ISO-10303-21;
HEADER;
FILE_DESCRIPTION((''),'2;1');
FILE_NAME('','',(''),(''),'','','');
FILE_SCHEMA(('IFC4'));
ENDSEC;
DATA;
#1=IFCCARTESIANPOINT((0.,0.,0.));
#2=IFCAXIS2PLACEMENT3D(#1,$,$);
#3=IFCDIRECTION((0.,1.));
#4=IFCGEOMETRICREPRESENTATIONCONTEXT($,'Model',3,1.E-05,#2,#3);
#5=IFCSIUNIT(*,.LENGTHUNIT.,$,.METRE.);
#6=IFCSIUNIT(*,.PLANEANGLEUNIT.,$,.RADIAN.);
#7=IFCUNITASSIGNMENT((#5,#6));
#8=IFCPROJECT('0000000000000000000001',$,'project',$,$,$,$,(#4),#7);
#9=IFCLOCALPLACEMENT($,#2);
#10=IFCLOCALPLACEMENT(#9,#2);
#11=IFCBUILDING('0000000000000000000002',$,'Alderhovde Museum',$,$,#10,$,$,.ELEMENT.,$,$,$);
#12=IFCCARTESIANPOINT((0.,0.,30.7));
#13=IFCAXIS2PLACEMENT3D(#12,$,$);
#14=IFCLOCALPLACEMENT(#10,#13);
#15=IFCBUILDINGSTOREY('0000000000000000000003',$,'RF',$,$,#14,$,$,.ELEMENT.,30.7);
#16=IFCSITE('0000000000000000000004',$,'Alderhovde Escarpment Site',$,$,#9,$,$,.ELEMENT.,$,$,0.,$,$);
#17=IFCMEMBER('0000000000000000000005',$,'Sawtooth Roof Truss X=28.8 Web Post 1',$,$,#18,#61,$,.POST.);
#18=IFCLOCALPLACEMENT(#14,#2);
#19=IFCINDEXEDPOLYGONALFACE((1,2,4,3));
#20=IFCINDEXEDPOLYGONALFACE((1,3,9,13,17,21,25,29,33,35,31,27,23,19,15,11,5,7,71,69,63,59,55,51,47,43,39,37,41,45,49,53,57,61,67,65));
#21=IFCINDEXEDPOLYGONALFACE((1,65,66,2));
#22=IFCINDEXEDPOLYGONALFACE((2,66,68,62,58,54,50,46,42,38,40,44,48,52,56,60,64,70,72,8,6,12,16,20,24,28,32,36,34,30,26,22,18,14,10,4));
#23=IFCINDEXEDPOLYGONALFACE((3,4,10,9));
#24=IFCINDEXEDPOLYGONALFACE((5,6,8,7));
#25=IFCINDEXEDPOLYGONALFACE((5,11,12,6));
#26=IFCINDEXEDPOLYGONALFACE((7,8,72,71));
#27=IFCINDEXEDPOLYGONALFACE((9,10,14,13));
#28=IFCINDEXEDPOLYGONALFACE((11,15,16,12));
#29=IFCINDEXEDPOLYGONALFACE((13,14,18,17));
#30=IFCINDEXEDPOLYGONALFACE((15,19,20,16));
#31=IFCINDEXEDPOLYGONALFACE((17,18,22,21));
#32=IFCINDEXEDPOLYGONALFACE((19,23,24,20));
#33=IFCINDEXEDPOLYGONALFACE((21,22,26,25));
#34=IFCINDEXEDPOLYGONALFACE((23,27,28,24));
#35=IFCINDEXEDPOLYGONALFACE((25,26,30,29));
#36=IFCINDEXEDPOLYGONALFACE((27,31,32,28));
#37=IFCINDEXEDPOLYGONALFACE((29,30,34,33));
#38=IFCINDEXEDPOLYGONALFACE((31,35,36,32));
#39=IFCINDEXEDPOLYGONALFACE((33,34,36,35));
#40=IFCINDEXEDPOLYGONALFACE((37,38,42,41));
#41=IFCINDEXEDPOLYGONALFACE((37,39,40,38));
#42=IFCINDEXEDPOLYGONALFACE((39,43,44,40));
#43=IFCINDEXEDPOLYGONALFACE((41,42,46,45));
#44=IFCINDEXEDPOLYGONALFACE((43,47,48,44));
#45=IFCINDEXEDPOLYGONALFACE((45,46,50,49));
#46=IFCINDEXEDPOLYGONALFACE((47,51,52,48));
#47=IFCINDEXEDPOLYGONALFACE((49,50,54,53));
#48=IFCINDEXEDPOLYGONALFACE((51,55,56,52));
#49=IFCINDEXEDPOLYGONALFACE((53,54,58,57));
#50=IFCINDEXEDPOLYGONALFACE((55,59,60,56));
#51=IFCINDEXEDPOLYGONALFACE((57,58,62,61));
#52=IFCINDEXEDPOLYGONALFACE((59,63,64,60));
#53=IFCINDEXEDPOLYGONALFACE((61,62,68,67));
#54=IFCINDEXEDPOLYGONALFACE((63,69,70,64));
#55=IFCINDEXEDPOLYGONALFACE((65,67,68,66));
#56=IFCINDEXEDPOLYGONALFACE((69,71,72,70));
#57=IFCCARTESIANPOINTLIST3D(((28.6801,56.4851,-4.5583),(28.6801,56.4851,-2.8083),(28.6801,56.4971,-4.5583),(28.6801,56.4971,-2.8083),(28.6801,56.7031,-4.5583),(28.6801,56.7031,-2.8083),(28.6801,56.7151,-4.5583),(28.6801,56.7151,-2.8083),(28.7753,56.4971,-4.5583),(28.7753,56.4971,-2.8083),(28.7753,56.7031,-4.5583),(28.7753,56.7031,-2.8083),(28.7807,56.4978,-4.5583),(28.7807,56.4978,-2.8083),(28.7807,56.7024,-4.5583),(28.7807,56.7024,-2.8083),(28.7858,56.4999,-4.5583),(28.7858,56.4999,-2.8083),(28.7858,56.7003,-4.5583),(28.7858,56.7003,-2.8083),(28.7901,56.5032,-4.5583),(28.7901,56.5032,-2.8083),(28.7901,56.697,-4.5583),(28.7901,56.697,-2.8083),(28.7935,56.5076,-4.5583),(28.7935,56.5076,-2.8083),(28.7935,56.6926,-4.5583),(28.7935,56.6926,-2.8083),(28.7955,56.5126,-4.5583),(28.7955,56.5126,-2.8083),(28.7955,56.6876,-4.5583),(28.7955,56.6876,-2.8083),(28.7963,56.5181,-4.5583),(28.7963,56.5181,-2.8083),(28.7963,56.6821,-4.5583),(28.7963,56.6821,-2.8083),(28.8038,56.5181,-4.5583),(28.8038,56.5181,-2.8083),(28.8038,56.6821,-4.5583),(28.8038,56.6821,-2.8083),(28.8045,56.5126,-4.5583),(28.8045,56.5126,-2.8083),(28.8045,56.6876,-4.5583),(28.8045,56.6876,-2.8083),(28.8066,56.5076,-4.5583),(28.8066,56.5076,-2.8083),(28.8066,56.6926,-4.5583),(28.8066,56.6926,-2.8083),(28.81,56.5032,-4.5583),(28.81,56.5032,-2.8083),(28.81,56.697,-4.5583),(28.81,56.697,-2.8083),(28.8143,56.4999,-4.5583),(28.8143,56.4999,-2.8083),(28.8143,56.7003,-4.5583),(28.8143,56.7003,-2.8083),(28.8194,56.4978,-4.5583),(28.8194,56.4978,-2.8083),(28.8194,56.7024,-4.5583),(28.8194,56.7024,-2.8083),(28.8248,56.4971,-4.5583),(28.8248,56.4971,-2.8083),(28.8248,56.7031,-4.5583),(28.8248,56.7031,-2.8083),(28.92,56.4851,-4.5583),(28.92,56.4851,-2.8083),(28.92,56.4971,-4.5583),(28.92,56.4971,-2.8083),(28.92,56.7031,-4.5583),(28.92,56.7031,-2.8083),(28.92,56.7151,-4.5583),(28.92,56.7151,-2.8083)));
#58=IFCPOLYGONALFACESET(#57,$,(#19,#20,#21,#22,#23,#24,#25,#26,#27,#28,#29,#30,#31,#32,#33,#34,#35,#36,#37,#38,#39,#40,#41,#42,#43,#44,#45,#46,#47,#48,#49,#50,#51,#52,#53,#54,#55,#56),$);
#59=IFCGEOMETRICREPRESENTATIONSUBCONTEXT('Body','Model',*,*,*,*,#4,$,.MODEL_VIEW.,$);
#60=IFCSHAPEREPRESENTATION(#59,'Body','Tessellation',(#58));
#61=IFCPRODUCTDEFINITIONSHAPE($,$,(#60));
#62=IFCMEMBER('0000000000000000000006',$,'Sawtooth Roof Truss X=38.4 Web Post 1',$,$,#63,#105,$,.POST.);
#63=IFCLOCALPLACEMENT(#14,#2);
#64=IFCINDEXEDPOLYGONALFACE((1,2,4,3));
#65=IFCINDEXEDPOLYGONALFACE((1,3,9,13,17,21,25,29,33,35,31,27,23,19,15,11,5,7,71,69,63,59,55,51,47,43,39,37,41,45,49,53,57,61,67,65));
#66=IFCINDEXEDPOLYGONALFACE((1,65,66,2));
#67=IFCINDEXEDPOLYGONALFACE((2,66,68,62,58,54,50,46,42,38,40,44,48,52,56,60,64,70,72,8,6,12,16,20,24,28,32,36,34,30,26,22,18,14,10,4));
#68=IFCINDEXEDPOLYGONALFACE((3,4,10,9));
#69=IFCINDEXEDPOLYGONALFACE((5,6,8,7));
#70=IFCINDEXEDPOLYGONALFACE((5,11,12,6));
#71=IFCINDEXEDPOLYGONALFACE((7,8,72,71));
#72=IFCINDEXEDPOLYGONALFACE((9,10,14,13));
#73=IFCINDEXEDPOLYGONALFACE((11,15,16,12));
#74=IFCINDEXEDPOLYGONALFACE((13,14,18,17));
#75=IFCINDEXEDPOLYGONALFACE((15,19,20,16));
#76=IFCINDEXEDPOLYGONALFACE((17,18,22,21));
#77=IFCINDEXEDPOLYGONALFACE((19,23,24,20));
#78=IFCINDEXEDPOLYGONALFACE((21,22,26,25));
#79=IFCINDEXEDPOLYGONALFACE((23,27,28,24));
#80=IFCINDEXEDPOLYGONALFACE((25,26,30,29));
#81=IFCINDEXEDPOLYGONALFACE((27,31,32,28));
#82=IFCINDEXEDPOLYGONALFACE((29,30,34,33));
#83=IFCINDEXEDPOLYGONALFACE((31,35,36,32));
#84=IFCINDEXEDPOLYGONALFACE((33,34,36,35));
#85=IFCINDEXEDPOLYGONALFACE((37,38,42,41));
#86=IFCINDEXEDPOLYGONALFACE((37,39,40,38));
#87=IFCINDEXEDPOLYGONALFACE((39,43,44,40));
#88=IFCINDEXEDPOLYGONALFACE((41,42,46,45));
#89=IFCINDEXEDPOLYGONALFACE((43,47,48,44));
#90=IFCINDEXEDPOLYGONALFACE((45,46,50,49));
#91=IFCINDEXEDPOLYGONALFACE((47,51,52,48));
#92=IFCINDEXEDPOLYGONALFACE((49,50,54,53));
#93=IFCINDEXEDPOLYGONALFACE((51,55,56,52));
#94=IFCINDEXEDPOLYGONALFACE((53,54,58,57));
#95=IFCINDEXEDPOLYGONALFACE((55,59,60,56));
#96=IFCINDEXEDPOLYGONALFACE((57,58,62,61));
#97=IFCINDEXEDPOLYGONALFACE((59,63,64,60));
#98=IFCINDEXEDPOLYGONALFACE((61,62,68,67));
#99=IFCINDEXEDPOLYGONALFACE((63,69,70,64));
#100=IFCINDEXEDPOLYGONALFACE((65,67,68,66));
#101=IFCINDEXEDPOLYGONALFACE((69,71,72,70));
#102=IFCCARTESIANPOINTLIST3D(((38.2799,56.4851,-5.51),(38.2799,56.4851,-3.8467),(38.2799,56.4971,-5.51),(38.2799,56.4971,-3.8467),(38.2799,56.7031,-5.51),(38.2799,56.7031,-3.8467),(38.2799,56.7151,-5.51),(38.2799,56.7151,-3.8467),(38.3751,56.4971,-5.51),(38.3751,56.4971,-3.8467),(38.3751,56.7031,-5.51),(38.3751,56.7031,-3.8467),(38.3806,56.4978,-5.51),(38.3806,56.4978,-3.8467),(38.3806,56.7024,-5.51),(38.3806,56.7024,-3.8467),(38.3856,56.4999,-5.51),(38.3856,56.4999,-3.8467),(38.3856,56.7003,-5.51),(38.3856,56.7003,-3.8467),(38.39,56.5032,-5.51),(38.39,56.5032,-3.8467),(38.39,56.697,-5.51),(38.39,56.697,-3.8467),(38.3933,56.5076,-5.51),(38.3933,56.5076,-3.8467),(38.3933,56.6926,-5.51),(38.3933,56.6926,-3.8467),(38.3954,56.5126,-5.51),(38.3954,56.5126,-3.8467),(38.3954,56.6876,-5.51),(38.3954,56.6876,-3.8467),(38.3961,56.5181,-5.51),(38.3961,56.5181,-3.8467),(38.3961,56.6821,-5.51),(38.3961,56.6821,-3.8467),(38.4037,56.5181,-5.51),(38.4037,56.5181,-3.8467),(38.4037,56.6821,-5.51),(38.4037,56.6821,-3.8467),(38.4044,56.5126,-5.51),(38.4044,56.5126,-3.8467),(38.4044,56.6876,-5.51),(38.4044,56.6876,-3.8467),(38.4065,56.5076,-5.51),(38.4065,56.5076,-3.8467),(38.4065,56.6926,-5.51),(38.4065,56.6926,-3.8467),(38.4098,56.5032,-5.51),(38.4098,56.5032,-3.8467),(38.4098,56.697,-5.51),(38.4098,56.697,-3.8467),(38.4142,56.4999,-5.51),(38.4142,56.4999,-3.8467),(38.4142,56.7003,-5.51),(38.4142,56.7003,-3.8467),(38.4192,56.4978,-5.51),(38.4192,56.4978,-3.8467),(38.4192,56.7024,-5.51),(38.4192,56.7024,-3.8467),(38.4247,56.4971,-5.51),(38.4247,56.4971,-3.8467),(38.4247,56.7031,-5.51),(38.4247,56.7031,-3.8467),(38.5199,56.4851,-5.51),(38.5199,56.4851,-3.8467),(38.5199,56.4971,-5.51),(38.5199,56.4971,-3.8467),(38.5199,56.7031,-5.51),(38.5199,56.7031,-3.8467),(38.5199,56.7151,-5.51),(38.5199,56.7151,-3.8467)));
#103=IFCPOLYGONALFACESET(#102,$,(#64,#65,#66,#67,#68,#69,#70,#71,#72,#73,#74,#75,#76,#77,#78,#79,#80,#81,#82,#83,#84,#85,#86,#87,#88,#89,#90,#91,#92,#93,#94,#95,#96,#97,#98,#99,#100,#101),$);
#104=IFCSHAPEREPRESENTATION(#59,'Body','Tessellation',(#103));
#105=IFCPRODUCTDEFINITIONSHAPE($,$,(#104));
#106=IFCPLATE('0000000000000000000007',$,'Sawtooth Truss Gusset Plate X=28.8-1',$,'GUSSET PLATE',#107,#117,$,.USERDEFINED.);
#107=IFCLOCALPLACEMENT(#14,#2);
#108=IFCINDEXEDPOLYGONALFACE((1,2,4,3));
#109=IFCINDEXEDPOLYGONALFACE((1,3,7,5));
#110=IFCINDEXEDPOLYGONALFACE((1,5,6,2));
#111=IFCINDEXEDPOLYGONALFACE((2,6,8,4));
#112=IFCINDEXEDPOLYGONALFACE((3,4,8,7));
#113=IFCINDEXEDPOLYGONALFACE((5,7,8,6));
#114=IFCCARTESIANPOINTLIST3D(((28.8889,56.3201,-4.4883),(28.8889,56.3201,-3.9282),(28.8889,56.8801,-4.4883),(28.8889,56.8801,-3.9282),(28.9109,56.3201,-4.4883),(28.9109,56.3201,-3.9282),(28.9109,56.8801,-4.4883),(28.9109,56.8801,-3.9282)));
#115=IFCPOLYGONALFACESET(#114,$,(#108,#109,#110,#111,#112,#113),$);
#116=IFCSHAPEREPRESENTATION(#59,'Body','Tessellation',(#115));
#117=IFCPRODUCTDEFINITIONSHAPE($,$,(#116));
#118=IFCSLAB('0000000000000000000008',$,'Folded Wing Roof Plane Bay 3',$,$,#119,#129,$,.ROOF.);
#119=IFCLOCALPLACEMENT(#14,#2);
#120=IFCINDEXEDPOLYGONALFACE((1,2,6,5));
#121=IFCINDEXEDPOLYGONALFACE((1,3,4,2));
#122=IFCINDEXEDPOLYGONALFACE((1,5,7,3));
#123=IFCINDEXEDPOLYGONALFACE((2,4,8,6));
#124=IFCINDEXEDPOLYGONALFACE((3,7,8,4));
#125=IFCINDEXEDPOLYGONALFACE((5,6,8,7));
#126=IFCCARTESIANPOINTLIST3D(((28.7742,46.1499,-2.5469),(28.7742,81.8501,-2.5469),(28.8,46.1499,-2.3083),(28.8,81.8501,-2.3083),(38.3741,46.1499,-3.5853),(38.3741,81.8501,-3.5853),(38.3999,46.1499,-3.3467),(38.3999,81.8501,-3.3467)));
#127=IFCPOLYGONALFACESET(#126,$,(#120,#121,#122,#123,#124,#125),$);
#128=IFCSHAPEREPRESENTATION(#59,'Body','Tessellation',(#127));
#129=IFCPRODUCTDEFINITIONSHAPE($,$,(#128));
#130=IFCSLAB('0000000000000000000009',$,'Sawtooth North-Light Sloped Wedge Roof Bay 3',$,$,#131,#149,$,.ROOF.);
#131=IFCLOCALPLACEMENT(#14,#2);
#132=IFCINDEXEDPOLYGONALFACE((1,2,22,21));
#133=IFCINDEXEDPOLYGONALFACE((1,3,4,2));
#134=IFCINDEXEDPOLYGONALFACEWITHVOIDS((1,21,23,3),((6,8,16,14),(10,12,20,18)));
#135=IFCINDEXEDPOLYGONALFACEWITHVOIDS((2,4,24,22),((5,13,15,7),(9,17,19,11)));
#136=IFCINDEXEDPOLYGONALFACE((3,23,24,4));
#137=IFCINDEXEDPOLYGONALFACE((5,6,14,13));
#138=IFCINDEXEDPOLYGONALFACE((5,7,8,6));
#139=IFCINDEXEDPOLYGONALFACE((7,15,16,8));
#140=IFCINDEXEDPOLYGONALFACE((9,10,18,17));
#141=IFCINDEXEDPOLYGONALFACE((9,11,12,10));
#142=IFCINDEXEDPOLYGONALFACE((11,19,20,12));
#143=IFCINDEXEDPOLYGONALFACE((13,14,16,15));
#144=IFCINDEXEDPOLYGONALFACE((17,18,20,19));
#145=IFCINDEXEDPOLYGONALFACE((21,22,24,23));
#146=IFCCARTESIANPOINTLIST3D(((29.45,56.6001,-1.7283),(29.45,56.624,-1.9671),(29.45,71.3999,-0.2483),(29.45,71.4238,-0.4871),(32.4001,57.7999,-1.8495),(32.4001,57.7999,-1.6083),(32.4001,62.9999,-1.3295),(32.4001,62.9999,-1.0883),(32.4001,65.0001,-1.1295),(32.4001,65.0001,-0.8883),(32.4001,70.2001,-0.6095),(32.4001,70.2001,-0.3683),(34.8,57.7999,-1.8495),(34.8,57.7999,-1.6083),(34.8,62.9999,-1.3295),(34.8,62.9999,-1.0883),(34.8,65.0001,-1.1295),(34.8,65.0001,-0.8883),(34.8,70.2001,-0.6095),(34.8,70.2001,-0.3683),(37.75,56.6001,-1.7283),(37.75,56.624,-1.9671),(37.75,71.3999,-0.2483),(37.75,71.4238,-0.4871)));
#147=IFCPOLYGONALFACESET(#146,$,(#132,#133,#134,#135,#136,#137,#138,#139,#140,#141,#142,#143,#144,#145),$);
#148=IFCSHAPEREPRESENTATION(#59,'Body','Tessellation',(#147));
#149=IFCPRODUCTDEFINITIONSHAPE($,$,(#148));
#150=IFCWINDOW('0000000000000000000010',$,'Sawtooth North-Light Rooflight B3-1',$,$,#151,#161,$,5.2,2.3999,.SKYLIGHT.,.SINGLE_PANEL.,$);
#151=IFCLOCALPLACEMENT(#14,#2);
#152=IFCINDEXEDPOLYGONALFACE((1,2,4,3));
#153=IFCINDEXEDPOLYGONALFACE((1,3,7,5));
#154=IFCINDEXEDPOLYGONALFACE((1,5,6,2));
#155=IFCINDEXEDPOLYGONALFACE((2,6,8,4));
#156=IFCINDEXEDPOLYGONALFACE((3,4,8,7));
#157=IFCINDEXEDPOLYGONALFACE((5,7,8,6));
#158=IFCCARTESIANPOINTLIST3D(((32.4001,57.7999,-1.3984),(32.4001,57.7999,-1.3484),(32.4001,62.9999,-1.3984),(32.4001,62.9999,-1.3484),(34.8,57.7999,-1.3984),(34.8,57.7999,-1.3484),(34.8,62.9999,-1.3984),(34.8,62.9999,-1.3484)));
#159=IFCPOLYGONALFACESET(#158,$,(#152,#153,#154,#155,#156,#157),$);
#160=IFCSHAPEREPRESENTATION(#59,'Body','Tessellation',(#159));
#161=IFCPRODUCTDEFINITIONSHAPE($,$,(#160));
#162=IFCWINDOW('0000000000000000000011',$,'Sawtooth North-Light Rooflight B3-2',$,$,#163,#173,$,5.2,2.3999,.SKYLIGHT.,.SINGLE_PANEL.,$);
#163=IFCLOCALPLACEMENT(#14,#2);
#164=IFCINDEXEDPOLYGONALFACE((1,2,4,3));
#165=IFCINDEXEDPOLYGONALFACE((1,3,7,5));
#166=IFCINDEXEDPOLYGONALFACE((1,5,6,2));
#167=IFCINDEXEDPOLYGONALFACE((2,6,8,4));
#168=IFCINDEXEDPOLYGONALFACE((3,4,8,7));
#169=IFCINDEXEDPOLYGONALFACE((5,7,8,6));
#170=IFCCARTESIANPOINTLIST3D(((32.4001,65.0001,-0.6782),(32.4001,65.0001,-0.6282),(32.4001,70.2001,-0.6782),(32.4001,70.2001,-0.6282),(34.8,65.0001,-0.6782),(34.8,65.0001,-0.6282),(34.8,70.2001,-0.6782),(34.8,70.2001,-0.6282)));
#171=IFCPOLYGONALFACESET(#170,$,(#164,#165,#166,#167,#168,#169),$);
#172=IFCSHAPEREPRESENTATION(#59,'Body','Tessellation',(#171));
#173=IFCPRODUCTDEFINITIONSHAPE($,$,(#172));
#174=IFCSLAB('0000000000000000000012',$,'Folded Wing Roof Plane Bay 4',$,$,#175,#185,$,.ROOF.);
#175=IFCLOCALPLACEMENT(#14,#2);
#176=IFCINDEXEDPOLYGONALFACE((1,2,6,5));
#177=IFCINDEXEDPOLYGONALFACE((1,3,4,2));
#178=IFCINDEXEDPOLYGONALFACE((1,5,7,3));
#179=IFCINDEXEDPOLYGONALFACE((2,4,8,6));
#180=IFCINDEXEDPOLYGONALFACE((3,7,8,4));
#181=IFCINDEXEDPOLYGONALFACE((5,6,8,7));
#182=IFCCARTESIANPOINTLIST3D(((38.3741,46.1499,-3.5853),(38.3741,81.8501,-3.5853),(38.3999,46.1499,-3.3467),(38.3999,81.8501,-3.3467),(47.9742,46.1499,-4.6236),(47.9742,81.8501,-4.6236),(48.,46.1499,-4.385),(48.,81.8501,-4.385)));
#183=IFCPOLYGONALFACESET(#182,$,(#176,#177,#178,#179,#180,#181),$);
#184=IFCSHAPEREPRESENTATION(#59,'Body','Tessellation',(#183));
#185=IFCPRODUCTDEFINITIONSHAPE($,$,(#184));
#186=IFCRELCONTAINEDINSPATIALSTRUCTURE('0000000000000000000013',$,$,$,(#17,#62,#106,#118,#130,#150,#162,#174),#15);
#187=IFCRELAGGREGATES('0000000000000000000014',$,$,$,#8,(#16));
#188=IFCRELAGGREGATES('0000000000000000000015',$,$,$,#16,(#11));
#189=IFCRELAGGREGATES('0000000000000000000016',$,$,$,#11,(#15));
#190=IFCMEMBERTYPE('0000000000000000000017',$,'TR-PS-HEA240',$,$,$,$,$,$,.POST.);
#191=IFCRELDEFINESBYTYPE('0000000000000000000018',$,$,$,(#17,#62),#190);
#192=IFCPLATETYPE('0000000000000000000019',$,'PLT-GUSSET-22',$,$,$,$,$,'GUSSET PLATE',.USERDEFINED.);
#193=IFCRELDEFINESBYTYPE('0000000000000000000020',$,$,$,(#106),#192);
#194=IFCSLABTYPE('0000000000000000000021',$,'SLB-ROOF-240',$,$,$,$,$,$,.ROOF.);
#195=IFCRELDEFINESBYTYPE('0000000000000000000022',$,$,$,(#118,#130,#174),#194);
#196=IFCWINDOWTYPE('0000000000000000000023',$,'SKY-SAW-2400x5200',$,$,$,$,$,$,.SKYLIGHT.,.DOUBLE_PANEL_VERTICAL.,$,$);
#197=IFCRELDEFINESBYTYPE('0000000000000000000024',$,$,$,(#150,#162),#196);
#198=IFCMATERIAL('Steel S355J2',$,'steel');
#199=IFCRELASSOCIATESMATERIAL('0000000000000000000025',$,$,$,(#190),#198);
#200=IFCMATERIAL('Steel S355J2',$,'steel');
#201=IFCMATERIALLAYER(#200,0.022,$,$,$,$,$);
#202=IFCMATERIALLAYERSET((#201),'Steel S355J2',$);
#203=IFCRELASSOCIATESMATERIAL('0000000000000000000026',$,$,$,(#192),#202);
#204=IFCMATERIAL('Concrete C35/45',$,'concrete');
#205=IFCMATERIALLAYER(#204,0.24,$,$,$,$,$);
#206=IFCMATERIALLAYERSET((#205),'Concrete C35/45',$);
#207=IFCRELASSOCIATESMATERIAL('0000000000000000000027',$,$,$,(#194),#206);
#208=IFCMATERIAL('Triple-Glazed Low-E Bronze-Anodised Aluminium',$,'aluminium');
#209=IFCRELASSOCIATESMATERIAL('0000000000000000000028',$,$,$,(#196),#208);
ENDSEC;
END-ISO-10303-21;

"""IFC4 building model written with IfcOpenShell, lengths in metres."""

from ifc_helpers import new_model, si_unit, direction, frame, origin, origin_2d, place, context, subcontext, project, spatial, polyline, rectangle, i_section, outline, extrude, material, layer, layer_set, material_profile, profile_set, type_object, element, fill, save


model = new_model("IFC4")

# Units and contexts
model_context = context("Model", 3, precision=1e-05, world=origin(), true_north=direction((0.0, 1.0)))
body_context = subcontext(model_context, "Body", "Model", "MODEL_VIEW")
ifc_project = project(units=[si_unit("LENGTHUNIT", "METRE"), si_unit("PLANEANGLEUNIT", "RADIAN")], contexts=[model_context])

# Site, building, storey
site_placement = place(None, origin())
site = spatial("IfcSite", under=ifc_project, at=site_placement, Name="Alderhovde Escarpment Site", CompositionType="ELEMENT", RefElevation=0.0)
building_placement = place(site_placement, origin())
building = spatial("IfcBuilding", under=site, at=building_placement, Name="Alderhovde Museum", CompositionType="ELEMENT")
storey_placement = place(building_placement, frame((0.0, 0.0, 30.7)))
storey = spatial("IfcBuildingStorey", under=building, at=storey_placement, Name="RF", CompositionType="ELEMENT", Elevation=30.7)

# Members
ifc_material_1 = material(Name="Steel S355J2", Category="steel")
ifc_material_profile_1 = material_profile(ifc_material_1, i_section(OverallWidth=0.24, OverallDepth=0.23, WebThickness=0.0076, FlangeThickness=0.012, FilletRadius=0.021, at=origin_2d()), Name="HEA 240")
ifc_profile_set_1 = profile_set([ifc_material_profile_1], Name="Steel S355J2")
member_type_1 = type_object("IfcMemberType", Name="TR-PS-HEA240", PredefinedType="POST", material=ifc_profile_set_1)
member_1_placement = place(storey_placement, frame((28.8, 56.6001, -4.5583), z_axis=(0.0, 0.0, 1.0), x_axis=(1.0, 0.0, 0.0)))
element("IfcMember", 1, at=member_1_placement, inside=storey, type_object=member_type_1, Name="Sawtooth Roof Truss X=28.8 Web Post 1", PredefinedType="POST", context=body_context, shape_type="SweptSolid", body=[
    extrude(i_section(OverallWidth=0.24, OverallDepth=0.23, WebThickness=0.0076, FlangeThickness=0.012, FilletRadius=0.021, at=origin_2d()), origin(), (0.0, 0.0, 1.0), 1.75),
])
member_2_placement = place(storey_placement, frame((38.3999, 56.6001, -5.51), z_axis=(0.0, 0.0, 1.0), x_axis=(1.0, 0.0, 0.0)))
element("IfcMember", 2, at=member_2_placement, inside=storey, type_object=member_type_1, Name="Sawtooth Roof Truss X=38.4 Web Post 1", PredefinedType="POST", context=body_context, shape_type="SweptSolid", body=[
    extrude(i_section(OverallWidth=0.24, OverallDepth=0.23, WebThickness=0.0076, FlangeThickness=0.012, FilletRadius=0.021, at=origin_2d()), origin(), (0.0, 0.0, 1.0), 1.6633),
])

# Plate
ifc_material_2 = material(Name="Steel S355J2", Category="steel")
ifc_layer_1 = layer(ifc_material_2, 0.022)
ifc_layer_set_1 = layer_set([ifc_layer_1], Name="Steel S355J2")
plate_type = type_object("IfcPlateType", Name="PLT-GUSSET-22", ElementType="GUSSET PLATE", PredefinedType="USERDEFINED", material=ifc_layer_set_1)
plate_placement = place(storey_placement, frame((28.8999, 56.6001, -4.4883), z_axis=(0.0, 0.0, 1.0), x_axis=(1.0, 0.0, 0.0)))
element("IfcPlate", 3, at=plate_placement, inside=storey, type_object=plate_type, Name="Sawtooth Truss Gusset Plate X=28.8-1", ObjectType="GUSSET PLATE", PredefinedType="USERDEFINED", context=body_context, shape_type="SweptSolid", body=[
    extrude(rectangle(XDim=0.022, YDim=0.5601, at=origin_2d()), origin(), (0.0, 0.0, 1.0), 0.5601),
])

# Slab
ifc_material_3 = material(Name="Concrete C35/45", Category="concrete")
ifc_layer_2 = layer(ifc_material_3, 0.24)
ifc_layer_set_2 = layer_set([ifc_layer_2], Name="Concrete C35/45")
slab_type = type_object("IfcSlabType", Name="SLB-ROOF-240", PredefinedType="ROOF", material=ifc_layer_set_2)
slab_1_placement = place(storey_placement, frame((28.8, 46.1499, -2.3083), z_axis=(0.107534, 0.0, 0.994201), x_axis=(0.994201, 0.0, -0.107534)))
element("IfcSlab", 4, at=slab_1_placement, inside=storey, type_object=slab_type, Name="Folded Wing Roof Plane Bay 3", PredefinedType="ROOF", context=body_context, shape_type="SweptSolid", body=[
    extrude(outline(polyline([(0.0, 0.0), (9.6558, 0.0), (9.6558, 35.7002), (0.0, 35.7002), (0.0, 0.0)])), origin(), (0.0, 0.0, -1.0), 0.24),
])

# Slab, openings, windows
slab_2_placement = place(storey_placement, frame((29.45, 56.6001, -1.7283), z_axis=(0.0, -0.099504, 0.995037), x_axis=(1.0, 0.0, 0.0)))
slab_2 = element("IfcSlab", 5, at=slab_2_placement, inside=storey, type_object=slab_type, Name="Sawtooth North-Light Sloped Wedge Roof Bay 3", PredefinedType="ROOF", context=body_context, shape_type="SweptSolid", body=[
    extrude(outline(polyline([(0.0, 0.0), (8.3, 0.0), (8.3, 14.8736), (0.0, 14.8736), (0.0, 0.0)])), origin(), (0.0, 0.0, -1.0), 0.24),
])
opening_1_placement = place(storey_placement, frame((33.6001, 60.3999, -3.0884)))
opening_1 = element("IfcOpeningElement", 6, at=opening_1_placement, cuts=slab_2, PredefinedType="OPENING", context=body_context, shape_type="SweptSolid", body=[
    extrude(rectangle(XDim=2.3999, YDim=5.2, at=origin_2d()), origin(), (0.0, 0.0, 1.0), 3.24),
])
opening_2_placement = place(storey_placement, frame((33.6001, 67.6001, -2.3682)))
opening_2 = element("IfcOpeningElement", 7, at=opening_2_placement, cuts=slab_2, PredefinedType="OPENING", context=body_context, shape_type="SweptSolid", body=[
    extrude(rectangle(XDim=2.3999, YDim=5.2, at=origin_2d()), origin(), (0.0, 0.0, 1.0), 3.24),
])
ifc_material_4 = material(Name="Triple-Glazed Low-E Bronze-Anodised Aluminium", Category="aluminium")
window_type = type_object("IfcWindowType", Name="SKY-SAW-2400x5200", PartitioningType="DOUBLE_PANEL_VERTICAL", PredefinedType="SKYLIGHT", material=ifc_material_4)
window_1_placement = place(opening_1_placement, frame((0.0, 0.0, 1.6899)))
window_1 = element("IfcWindow", 8, at=window_1_placement, inside=storey, type_object=window_type, Name="Sawtooth North-Light Rooflight B3-1", OverallHeight=5.2, OverallWidth=2.3999, PartitioningType="SINGLE_PANEL", PredefinedType="SKYLIGHT", context=body_context, shape_type="SweptSolid", body=[
    extrude(rectangle(XDim=2.3999, YDim=5.2, at=origin_2d()), origin(), (0.0, 0.0, 1.0), 0.05),
])
fill(opening_1, window_1)
window_2_placement = place(opening_2_placement, frame((0.0, 0.0, 1.6899)))
window_2 = element("IfcWindow", 9, at=window_2_placement, inside=storey, type_object=window_type, Name="Sawtooth North-Light Rooflight B3-2", OverallHeight=5.2, OverallWidth=2.3999, PartitioningType="SINGLE_PANEL", PredefinedType="SKYLIGHT", context=body_context, shape_type="SweptSolid", body=[
    extrude(rectangle(XDim=2.3999, YDim=5.2, at=origin_2d()), origin(), (0.0, 0.0, 1.0), 0.05),
])
fill(opening_2, window_2)

# Slab
slab_3_placement = place(storey_placement, frame((38.3999, 46.1499, -3.3467), z_axis=(0.107531, 0.0, 0.994202), x_axis=(0.994202, 0.0, -0.107531)))
element("IfcSlab", 10, at=slab_3_placement, inside=storey, type_object=slab_type, Name="Folded Wing Roof Plane Bay 4", PredefinedType="ROOF", context=body_context, shape_type="SweptSolid", body=[
    extrude(outline(polyline([(0.0, 0.0), (9.6561, 0.0), (9.6561, 35.7002), (0.0, 35.7002), (0.0, 0.0)])), origin(), (0.0, 0.0, -1.0), 0.24),
])

save(model, "model.ifc")
